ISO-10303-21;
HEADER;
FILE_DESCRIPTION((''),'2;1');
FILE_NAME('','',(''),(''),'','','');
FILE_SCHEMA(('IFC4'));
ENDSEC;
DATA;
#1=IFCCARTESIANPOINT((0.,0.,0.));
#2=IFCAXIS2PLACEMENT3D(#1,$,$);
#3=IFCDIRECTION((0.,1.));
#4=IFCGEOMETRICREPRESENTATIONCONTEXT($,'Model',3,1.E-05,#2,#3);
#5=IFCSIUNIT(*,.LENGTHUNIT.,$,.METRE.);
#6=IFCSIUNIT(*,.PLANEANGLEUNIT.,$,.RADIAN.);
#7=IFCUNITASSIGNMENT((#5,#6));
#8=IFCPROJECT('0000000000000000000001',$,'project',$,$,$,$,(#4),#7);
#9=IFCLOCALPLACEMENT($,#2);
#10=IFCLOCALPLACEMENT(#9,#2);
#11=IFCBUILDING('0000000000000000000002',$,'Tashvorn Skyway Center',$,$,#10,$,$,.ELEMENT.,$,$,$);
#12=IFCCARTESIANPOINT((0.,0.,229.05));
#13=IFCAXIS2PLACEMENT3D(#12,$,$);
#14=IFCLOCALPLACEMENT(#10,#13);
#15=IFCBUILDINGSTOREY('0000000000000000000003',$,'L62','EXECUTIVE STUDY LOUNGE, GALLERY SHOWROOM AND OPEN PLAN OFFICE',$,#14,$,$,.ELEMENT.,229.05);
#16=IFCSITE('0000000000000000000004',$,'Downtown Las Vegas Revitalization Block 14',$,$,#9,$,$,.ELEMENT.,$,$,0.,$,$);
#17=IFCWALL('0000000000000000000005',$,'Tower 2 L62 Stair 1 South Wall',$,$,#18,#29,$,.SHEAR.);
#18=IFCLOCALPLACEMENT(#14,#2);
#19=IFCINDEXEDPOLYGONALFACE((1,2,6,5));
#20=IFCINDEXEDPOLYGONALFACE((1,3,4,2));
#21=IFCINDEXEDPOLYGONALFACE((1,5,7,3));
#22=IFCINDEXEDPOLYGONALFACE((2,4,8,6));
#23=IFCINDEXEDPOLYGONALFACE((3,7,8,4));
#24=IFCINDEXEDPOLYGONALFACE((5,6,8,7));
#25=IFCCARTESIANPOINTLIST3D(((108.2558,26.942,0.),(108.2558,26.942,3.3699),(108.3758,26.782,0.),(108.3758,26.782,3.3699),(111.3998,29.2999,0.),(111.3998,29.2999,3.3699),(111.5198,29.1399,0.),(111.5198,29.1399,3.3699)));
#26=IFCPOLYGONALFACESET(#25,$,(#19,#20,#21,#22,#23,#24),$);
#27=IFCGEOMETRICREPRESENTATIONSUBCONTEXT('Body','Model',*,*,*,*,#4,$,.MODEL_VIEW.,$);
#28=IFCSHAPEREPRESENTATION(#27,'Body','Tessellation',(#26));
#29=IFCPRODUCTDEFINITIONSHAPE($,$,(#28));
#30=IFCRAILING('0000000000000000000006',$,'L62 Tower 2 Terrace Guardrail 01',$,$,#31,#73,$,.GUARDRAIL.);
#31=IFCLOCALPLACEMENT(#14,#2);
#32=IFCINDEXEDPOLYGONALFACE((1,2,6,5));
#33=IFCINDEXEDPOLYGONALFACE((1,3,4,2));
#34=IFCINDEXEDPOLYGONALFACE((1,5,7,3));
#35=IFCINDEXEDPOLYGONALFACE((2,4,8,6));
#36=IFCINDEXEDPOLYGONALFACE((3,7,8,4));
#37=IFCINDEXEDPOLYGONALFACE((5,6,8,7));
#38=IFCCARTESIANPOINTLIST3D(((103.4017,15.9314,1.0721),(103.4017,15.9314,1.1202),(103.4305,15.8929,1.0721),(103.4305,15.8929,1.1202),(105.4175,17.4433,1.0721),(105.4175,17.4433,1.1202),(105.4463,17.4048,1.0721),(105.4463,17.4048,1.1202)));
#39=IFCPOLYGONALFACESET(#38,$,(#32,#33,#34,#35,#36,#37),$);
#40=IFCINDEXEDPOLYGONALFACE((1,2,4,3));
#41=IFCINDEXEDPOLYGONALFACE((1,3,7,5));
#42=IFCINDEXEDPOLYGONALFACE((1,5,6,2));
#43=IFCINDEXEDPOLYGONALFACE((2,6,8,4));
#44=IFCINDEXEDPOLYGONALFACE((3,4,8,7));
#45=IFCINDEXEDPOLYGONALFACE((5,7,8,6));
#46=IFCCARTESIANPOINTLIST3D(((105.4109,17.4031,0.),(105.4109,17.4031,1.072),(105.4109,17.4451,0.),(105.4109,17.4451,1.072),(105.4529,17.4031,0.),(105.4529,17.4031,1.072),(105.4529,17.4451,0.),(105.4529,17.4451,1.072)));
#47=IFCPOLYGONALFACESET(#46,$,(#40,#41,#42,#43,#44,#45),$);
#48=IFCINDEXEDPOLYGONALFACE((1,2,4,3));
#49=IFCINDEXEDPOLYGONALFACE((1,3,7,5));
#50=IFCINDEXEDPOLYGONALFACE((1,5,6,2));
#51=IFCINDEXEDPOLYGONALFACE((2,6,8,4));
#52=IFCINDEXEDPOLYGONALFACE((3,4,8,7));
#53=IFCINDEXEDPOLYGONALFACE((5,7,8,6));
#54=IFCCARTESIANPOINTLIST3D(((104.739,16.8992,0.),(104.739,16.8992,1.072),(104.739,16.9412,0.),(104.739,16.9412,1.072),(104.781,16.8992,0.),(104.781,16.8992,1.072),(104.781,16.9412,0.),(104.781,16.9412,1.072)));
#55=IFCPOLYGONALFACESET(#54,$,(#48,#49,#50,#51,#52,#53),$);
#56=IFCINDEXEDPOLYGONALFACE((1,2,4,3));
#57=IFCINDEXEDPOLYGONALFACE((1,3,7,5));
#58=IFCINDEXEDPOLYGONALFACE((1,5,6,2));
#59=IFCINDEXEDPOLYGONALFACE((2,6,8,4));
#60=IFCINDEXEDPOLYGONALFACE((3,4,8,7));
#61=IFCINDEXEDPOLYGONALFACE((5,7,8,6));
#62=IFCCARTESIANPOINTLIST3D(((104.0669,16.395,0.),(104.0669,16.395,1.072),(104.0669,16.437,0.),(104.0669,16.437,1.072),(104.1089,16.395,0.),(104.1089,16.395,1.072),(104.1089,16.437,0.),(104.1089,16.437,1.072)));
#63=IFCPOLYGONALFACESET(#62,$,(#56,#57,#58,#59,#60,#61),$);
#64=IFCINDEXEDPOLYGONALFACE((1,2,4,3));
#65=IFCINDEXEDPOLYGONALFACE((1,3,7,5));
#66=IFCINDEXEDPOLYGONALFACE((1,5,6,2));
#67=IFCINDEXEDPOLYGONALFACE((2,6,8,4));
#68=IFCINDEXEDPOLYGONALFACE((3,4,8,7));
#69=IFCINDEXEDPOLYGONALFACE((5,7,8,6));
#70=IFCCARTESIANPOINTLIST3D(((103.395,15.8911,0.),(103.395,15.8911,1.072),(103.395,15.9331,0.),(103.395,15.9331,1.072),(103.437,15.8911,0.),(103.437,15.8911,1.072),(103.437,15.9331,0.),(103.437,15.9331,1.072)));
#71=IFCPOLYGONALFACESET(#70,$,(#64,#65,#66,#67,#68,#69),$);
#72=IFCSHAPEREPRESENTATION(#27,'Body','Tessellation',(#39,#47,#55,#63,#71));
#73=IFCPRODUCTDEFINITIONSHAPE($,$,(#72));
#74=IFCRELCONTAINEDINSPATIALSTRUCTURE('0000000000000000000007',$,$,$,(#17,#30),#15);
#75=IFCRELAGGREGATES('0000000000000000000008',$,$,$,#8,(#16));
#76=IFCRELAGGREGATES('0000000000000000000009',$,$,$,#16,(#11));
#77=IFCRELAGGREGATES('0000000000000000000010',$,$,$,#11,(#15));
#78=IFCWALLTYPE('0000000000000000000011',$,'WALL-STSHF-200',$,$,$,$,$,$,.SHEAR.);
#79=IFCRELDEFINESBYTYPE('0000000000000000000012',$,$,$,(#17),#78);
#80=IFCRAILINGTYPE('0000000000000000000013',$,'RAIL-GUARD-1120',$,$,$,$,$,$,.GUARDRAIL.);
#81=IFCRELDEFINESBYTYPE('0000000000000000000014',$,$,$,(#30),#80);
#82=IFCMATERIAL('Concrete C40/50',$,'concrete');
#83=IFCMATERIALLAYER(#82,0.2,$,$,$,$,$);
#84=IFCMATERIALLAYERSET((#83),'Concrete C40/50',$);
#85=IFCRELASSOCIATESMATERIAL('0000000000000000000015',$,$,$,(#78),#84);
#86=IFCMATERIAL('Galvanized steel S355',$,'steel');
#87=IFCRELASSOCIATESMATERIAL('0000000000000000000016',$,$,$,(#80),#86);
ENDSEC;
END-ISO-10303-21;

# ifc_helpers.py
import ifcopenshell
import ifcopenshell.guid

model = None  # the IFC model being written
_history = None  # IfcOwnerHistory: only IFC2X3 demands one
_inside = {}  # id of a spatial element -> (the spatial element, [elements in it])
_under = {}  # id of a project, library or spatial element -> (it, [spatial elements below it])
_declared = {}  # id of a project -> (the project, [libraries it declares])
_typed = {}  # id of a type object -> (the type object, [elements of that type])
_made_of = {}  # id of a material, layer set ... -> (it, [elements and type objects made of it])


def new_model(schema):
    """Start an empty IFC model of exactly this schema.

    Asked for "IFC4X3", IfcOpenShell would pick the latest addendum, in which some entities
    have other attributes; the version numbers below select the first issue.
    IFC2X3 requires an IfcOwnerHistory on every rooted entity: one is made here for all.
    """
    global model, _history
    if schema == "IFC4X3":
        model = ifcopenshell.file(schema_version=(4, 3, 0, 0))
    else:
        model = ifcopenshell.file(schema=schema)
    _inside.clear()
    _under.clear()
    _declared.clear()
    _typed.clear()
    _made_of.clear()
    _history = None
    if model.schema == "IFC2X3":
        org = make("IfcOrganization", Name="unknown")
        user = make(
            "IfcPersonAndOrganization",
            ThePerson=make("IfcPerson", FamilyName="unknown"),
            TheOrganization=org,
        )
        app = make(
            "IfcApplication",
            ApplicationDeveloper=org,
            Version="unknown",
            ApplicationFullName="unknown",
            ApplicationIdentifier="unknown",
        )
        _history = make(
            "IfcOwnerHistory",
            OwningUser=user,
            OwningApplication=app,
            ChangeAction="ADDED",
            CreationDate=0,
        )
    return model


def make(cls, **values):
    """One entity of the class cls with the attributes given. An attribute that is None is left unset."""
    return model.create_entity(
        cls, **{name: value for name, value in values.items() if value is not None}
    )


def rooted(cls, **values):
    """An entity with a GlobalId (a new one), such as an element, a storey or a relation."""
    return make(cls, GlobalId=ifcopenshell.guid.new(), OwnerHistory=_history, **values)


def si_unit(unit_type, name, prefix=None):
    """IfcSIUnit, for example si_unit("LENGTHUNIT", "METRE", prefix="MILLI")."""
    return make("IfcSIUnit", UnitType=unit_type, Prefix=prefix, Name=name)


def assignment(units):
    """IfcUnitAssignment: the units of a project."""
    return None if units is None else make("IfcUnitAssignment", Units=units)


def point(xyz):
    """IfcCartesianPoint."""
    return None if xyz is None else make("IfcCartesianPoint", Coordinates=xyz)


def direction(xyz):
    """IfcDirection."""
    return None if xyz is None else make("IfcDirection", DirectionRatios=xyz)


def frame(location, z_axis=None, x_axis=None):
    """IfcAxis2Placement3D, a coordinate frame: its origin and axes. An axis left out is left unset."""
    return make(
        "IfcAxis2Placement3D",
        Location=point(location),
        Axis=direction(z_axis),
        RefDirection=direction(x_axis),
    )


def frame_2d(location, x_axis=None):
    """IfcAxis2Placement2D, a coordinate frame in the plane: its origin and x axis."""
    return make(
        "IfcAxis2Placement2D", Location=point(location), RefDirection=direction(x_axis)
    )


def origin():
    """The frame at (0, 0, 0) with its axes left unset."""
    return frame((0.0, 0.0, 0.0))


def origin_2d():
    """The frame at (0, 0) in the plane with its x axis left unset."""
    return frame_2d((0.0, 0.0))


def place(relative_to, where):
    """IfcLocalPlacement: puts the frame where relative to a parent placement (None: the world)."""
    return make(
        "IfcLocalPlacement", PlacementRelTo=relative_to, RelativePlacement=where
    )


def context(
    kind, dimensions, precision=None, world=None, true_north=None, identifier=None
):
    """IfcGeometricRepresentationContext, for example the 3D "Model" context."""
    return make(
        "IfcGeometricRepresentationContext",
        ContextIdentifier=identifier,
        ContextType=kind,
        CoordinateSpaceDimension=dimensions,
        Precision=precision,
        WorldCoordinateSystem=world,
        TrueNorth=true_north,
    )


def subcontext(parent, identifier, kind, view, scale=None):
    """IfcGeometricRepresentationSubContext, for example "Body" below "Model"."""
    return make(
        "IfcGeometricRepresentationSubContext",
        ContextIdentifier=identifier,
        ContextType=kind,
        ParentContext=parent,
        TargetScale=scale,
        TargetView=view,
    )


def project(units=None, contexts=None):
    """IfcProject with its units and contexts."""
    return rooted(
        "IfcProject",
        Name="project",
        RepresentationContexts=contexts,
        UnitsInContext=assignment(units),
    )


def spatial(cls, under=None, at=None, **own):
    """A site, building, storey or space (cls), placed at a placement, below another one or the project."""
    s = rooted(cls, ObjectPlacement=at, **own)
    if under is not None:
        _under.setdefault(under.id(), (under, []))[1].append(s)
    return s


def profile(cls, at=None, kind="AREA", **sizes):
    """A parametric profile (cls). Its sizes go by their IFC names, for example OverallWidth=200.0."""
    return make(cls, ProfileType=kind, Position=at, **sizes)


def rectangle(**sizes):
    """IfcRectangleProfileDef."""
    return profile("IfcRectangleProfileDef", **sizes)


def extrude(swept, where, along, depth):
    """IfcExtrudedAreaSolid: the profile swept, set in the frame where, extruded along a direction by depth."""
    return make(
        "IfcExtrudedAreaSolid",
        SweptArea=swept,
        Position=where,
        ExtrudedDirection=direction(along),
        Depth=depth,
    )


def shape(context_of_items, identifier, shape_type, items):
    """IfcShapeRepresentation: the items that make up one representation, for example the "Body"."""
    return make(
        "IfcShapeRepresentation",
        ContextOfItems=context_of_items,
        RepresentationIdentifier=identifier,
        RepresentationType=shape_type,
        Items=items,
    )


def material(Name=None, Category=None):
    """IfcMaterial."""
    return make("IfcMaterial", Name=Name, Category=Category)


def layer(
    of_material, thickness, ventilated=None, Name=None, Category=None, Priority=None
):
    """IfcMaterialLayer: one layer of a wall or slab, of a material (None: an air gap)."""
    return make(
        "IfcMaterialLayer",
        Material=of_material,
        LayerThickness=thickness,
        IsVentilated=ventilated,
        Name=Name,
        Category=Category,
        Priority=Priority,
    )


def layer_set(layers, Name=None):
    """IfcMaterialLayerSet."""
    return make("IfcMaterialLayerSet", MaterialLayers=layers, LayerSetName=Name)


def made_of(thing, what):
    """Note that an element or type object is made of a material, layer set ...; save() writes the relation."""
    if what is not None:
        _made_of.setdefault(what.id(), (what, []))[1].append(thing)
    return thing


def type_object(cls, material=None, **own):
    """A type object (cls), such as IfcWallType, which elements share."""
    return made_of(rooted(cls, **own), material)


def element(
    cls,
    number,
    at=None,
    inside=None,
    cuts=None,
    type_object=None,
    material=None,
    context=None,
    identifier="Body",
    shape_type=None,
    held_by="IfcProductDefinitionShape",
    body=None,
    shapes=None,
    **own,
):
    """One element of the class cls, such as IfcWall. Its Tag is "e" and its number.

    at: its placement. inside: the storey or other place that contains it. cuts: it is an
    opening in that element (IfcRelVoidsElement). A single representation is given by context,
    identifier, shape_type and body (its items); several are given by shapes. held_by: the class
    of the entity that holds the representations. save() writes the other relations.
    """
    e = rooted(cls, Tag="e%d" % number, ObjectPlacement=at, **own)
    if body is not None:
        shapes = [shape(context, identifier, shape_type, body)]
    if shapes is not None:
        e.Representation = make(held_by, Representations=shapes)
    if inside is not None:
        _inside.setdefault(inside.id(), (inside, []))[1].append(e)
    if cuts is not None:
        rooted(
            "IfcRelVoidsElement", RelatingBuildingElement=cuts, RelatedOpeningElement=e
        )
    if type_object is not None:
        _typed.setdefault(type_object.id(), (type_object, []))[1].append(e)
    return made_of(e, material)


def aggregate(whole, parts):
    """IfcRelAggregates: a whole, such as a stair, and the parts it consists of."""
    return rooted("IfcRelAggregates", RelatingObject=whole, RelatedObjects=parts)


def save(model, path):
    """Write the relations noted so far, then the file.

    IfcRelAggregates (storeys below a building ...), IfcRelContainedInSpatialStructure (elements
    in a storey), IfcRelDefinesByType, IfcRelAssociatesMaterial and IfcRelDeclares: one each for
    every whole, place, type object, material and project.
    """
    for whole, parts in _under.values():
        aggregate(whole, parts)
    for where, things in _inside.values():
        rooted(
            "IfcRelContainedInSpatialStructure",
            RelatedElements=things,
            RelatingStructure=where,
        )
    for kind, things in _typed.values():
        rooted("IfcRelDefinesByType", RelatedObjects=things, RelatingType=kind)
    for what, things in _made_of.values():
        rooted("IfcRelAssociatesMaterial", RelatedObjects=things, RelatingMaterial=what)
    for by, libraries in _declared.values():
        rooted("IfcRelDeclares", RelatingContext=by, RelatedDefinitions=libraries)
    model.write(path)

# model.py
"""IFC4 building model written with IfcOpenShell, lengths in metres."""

from ifc_helpers import new_model, si_unit, direction, frame, frame_2d, origin, origin_2d, place, context, subcontext, project, spatial, rectangle, extrude, material, layer, layer_set, type_object, element, save


model = new_model("IFC4")

# Units and contexts
model_context = context("Model", 3, precision=1e-05, world=origin(), true_north=direction((0.0, 1.0)))
body_context = subcontext(model_context, "Body", "Model", "MODEL_VIEW")
ifc_project = project(units=[si_unit("LENGTHUNIT", "METRE"), si_unit("PLANEANGLEUNIT", "RADIAN")], contexts=[model_context])

# Site, building, storey
site_placement = place(None, origin())
site = spatial("IfcSite", under=ifc_project, at=site_placement, Name="Downtown Las Vegas Revitalization Block 14", CompositionType="ELEMENT", RefElevation=0.0)
building_placement = place(site_placement, origin())
building = spatial("IfcBuilding", under=site, at=building_placement, Name="Tashvorn Skyway Center", CompositionType="ELEMENT")
storey_placement = place(building_placement, frame((0.0, 0.0, 229.05)))
storey = spatial("IfcBuildingStorey", under=building, at=storey_placement, Name="L62", Description="EXECUTIVE STUDY LOUNGE, GALLERY SHOWROOM AND OPEN PLAN OFFICE", CompositionType="ELEMENT", Elevation=229.05)

# Wall
ifc_material_1 = material(Name="Concrete C40/50", Category="concrete")
ifc_layer_1 = layer(ifc_material_1, 0.2)
ifc_layer_set_1 = layer_set([ifc_layer_1], Name="Concrete C40/50")
wall_type_1 = type_object("IfcWallType", Name="WALL-STSHF-200", PredefinedType="SHEAR", material=ifc_layer_set_1)
wall_1_placement = place(storey_placement, frame((108.3159, 26.8621, 0.0), z_axis=(0.0, 0.0, 1.0), x_axis=(0.800015, 0.59998, 0.0)))
element("IfcWall", 1, at=wall_1_placement, inside=storey, type_object=wall_type_1, Name="Tower 2 L62 Stair 1 South Wall", PredefinedType="SHEAR", context=body_context, shape_type="SweptSolid", body=[
    extrude(rectangle(XDim=3.9299, YDim=0.2, at=frame_2d((1.9648, 0.0))), origin(), (0.0, 0.0, 1.0), 3.3699),
])

# Railing
ifc_material_2 = material(Name="Galvanized steel S355", Category="steel")
railing_type = type_object("IfcRailingType", Name="RAIL-GUARD-1120", PredefinedType="GUARDRAIL", material=ifc_material_2)
railing_placement = place(storey_placement, frame((105.4319, 17.4241, 0.0)))
element("IfcRailing", 2, at=railing_placement, inside=storey, type_object=railing_type, Name="L62 Tower 2 Terrace Guardrail 01", PredefinedType="GUARDRAIL", context=body_context, shape_type="SweptSolid", body=[
    extrude(rectangle(XDim=0.0481, YDim=0.0481, at=origin_2d()), frame((0.0, 0.0, 1.0962), z_axis=(-0.799988, -0.600016, 0.0), x_axis=(0.600016, -0.799988, 0.0)), (0.0, 0.0, 1.0), 2.5198),
    extrude(rectangle(XDim=0.042, YDim=0.042, at=origin_2d()), origin(), (0.0, 0.0, 1.0), 1.072),
    extrude(rectangle(XDim=0.042, YDim=0.042, at=origin_2d()), frame((-0.6719, -0.5039, 0.0)), (0.0, 0.0, 1.0), 1.072),
    extrude(rectangle(XDim=0.042, YDim=0.042, at=origin_2d()), frame((-1.344, -1.0081, 0.0)), (0.0, 0.0, 1.0), 1.072),
    extrude(rectangle(XDim=0.042, YDim=0.042, at=origin_2d()), frame((-2.0159, -1.512, 0.0)), (0.0, 0.0, 1.0), 1.072),
])

save(model, "model.ifc")
